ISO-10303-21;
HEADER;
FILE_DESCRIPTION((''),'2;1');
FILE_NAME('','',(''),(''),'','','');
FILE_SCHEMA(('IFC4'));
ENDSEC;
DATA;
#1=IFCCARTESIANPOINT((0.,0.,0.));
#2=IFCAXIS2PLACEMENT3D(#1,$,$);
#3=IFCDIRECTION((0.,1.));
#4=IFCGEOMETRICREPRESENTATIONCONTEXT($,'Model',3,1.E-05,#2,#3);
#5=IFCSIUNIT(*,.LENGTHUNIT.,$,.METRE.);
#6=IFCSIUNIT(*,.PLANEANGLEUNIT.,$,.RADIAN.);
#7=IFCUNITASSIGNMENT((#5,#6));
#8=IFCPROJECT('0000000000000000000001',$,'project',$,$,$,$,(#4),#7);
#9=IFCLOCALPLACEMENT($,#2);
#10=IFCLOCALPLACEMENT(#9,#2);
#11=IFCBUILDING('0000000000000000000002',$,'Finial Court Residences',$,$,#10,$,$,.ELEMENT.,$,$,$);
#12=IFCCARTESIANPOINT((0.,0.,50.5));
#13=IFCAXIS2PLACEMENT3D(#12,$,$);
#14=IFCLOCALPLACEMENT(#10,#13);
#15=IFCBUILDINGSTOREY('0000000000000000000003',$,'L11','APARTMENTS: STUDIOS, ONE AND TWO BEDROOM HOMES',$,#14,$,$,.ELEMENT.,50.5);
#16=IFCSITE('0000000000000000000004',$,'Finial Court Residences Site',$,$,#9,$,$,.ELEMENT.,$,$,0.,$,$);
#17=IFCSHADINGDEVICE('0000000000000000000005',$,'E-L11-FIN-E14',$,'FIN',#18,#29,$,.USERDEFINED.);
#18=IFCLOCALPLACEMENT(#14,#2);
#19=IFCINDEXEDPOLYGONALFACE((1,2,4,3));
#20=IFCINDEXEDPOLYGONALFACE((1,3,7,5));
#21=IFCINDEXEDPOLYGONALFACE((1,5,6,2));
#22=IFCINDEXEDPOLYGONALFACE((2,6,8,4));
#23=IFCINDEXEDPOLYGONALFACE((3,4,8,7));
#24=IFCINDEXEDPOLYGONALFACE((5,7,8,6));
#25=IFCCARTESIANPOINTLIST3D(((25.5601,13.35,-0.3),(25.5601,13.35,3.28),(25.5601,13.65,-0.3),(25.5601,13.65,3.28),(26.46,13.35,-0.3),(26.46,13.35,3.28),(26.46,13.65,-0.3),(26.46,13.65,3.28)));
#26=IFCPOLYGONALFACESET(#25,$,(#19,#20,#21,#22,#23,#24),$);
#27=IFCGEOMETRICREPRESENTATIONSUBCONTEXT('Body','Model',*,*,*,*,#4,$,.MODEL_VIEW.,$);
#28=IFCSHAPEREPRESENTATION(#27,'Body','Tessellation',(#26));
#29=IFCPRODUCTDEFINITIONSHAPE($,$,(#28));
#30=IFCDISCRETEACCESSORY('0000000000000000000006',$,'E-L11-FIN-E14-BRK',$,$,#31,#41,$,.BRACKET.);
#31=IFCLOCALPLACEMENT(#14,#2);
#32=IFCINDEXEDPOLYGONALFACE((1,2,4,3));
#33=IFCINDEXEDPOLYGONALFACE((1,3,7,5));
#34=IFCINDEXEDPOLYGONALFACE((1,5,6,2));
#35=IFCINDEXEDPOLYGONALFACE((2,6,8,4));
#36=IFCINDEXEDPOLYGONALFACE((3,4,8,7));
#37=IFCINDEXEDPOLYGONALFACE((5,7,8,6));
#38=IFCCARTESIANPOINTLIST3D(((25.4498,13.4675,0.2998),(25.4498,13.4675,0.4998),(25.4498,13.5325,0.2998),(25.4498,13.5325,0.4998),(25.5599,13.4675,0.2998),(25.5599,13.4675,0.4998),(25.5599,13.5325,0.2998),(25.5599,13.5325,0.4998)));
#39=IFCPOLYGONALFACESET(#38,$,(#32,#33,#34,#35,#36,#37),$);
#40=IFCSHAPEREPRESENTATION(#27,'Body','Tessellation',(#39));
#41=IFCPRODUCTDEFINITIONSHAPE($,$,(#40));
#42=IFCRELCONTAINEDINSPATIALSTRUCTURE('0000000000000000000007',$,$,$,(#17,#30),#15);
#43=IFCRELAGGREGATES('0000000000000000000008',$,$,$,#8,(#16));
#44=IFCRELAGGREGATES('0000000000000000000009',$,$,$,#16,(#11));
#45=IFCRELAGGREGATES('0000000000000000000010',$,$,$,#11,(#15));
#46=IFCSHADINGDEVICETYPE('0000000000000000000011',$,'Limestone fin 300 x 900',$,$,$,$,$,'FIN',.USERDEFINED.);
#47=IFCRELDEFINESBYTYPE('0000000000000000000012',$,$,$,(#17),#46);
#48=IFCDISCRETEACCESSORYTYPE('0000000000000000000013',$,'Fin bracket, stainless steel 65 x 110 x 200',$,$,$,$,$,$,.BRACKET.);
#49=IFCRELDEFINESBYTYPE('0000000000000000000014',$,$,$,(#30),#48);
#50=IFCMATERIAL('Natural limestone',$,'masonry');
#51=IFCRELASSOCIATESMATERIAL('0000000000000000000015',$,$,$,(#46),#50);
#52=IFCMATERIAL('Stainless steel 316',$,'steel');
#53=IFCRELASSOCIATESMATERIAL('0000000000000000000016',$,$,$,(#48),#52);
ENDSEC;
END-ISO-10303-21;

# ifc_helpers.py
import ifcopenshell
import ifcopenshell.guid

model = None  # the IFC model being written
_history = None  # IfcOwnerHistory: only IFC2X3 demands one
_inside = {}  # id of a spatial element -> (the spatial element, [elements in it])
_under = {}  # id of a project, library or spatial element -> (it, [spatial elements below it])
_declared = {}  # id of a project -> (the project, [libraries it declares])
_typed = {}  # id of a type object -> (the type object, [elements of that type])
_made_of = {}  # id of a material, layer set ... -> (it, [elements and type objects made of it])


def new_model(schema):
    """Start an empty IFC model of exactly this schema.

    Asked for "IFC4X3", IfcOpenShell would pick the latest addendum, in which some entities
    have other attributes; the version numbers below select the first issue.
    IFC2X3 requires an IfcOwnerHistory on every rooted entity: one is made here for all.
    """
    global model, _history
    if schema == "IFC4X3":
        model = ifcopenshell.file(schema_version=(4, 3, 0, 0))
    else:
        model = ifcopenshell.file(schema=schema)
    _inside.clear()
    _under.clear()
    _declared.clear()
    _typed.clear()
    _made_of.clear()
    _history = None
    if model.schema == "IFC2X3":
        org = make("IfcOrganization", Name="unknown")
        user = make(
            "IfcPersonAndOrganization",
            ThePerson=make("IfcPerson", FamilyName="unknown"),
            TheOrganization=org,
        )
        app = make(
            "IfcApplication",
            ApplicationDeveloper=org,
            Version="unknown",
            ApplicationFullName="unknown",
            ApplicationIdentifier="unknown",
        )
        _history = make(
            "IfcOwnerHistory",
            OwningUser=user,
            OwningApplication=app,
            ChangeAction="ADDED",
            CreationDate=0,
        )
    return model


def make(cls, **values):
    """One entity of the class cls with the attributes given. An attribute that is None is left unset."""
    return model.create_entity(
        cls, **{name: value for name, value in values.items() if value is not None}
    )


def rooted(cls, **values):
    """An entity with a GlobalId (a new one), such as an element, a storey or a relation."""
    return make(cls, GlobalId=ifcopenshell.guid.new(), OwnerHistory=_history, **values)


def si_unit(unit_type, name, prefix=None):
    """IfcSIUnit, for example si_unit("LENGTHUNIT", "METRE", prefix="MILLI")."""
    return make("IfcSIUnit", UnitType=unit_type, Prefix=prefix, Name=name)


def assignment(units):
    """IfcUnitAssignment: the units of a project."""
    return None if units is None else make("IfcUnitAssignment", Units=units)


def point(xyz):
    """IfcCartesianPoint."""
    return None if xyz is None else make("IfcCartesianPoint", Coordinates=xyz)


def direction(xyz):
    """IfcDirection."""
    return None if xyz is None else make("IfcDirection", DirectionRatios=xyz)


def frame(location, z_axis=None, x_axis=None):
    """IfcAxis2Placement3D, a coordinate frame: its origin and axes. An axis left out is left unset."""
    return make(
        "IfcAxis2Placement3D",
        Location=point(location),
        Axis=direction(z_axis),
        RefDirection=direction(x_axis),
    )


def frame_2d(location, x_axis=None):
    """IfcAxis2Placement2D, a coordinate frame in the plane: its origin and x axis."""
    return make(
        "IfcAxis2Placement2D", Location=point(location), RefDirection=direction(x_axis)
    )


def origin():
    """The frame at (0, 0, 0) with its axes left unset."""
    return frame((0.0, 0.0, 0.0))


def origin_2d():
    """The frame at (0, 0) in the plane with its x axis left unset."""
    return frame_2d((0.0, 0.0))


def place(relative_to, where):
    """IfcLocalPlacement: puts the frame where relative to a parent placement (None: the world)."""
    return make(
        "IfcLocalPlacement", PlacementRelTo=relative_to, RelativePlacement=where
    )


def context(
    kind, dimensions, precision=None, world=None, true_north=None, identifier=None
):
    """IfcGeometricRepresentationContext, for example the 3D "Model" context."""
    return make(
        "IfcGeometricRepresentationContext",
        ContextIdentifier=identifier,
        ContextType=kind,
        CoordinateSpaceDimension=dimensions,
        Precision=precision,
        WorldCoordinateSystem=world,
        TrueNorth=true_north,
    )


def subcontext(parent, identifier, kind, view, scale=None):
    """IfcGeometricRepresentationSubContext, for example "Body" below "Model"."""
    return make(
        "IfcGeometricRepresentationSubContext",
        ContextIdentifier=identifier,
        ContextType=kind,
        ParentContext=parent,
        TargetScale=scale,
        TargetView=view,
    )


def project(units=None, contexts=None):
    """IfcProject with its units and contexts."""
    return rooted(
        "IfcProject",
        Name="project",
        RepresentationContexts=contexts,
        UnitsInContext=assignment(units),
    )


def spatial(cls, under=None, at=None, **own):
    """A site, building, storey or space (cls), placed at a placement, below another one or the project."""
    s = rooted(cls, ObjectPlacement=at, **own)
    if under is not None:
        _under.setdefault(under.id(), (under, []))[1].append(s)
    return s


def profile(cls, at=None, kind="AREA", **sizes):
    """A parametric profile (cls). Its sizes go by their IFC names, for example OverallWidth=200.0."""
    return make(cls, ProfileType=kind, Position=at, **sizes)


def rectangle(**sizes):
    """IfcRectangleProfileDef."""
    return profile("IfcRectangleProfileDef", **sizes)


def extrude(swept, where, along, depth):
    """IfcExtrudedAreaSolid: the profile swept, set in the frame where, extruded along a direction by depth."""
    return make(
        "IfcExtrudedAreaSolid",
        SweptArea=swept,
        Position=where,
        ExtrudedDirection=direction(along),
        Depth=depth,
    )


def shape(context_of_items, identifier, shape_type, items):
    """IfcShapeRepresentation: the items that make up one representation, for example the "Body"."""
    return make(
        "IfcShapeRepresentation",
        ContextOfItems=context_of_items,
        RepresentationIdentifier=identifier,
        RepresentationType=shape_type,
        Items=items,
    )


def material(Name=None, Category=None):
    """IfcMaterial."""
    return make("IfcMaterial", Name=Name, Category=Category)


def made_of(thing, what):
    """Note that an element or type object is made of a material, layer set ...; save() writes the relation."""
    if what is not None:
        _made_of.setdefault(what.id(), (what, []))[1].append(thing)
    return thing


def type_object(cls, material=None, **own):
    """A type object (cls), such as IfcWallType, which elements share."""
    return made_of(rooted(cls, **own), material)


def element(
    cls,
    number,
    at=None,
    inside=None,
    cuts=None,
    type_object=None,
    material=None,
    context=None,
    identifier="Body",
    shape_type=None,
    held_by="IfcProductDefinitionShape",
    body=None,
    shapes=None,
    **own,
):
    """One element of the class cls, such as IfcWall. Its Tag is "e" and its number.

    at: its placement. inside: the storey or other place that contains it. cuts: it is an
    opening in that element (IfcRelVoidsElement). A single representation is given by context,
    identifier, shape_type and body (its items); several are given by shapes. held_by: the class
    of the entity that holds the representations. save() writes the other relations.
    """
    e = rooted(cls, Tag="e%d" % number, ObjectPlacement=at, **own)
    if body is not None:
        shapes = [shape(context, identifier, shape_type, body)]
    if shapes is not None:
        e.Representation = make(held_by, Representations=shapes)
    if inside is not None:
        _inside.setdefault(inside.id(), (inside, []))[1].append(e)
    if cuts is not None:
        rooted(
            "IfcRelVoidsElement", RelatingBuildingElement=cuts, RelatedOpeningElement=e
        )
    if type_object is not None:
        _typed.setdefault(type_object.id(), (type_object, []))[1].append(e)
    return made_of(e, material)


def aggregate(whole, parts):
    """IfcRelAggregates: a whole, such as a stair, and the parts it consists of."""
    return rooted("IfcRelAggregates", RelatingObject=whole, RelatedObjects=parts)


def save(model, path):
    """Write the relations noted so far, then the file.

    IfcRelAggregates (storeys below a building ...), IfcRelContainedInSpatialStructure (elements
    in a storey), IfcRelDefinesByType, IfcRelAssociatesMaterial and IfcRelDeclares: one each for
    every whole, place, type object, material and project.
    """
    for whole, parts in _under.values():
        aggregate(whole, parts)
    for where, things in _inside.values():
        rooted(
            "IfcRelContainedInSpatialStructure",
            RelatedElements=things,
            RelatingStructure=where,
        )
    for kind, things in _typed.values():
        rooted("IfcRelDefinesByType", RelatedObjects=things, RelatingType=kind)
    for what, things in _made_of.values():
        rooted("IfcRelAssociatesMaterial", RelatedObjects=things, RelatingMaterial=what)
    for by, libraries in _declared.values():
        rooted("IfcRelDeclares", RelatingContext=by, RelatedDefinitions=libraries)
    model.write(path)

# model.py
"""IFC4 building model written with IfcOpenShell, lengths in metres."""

from ifc_helpers import new_model, si_unit, direction, frame, origin, origin_2d, place, context, subcontext, project, spatial, rectangle, extrude, material, type_object, element, save


model = new_model("IFC4")

# Units and contexts
model_context = context("Model", 3, precision=1e-05, world=origin(), true_north=direction((0.0, 1.0)))
body_context = subcontext(model_context, "Body", "Model", "MODEL_VIEW")
ifc_project = project(units=[si_unit("LENGTHUNIT", "METRE"), si_unit("PLANEANGLEUNIT", "RADIAN")], contexts=[model_context])

# Site, building, storey
site_placement = place(None, origin())
site = spatial("IfcSite", under=ifc_project, at=site_placement, Name="Finial Court Residences Site", CompositionType="ELEMENT", RefElevation=0.0)
building_placement = place(site_placement, origin())
building = spatial("IfcBuilding", under=site, at=building_placement, Name="Finial Court Residences", CompositionType="ELEMENT")
storey_placement = place(building_placement, frame((0.0, 0.0, 50.5)))
storey = spatial("IfcBuildingStorey", under=building, at=storey_placement, Name="L11", Description="APARTMENTS: STUDIOS, ONE AND TWO BEDROOM HOMES", CompositionType="ELEMENT", Elevation=50.5)

# Shading device
ifc_material_1 = material(Name="Natural limestone", Category="masonry")
shading_device_type = type_object("IfcShadingDeviceType", Name="Limestone fin 300 x 900", ElementType="FIN", PredefinedType="USERDEFINED", material=ifc_material_1)
for number, where, z_axis, x_axis, name in (
    (1, (26.01, 13.5, -0.3), (0.0, 0.0, 1.0), (1.0, 0.0, 0.0), "E-L11-FIN-E14"),
):
    element("IfcShadingDevice", number, at=place(storey_placement, frame(where, z_axis=z_axis, x_axis=x_axis)), inside=storey, type_object=shading_device_type, Name=name, ObjectType="FIN", PredefinedType="USERDEFINED", context=body_context, shape_type="SweptSolid", body=[
        extrude(rectangle(XDim=0.8999, YDim=0.3, at=origin_2d()), origin(), (0.0, 0.0, 1.0), 3.5801),
    ])

# Discrete accessory
ifc_material_2 = material(Name="Stainless steel 316", Category="steel")
discrete_accessory_type = type_object("IfcDiscreteAccessoryType", Name="Fin bracket, stainless steel 65 x 110 x 200", PredefinedType="BRACKET", material=ifc_material_2)
discrete_accessory_placement = place(storey_placement, frame((25.5049, 13.5, 0.2998), z_axis=(0.0, 0.0, 1.0), x_axis=(1.0, 0.0, 0.0)))
element("IfcDiscreteAccessory", 2, at=discrete_accessory_placement, inside=storey, type_object=discrete_accessory_type, Name="E-L11-FIN-E14-BRK", PredefinedType="BRACKET", context=body_context, shape_type="SweptSolid", body=[
    extrude(rectangle(XDim=0.1101, YDim=0.0649, at=origin_2d()), origin(), (0.0, 0.0, 1.0), 0.2),
])

save(model, "model.ifc")
